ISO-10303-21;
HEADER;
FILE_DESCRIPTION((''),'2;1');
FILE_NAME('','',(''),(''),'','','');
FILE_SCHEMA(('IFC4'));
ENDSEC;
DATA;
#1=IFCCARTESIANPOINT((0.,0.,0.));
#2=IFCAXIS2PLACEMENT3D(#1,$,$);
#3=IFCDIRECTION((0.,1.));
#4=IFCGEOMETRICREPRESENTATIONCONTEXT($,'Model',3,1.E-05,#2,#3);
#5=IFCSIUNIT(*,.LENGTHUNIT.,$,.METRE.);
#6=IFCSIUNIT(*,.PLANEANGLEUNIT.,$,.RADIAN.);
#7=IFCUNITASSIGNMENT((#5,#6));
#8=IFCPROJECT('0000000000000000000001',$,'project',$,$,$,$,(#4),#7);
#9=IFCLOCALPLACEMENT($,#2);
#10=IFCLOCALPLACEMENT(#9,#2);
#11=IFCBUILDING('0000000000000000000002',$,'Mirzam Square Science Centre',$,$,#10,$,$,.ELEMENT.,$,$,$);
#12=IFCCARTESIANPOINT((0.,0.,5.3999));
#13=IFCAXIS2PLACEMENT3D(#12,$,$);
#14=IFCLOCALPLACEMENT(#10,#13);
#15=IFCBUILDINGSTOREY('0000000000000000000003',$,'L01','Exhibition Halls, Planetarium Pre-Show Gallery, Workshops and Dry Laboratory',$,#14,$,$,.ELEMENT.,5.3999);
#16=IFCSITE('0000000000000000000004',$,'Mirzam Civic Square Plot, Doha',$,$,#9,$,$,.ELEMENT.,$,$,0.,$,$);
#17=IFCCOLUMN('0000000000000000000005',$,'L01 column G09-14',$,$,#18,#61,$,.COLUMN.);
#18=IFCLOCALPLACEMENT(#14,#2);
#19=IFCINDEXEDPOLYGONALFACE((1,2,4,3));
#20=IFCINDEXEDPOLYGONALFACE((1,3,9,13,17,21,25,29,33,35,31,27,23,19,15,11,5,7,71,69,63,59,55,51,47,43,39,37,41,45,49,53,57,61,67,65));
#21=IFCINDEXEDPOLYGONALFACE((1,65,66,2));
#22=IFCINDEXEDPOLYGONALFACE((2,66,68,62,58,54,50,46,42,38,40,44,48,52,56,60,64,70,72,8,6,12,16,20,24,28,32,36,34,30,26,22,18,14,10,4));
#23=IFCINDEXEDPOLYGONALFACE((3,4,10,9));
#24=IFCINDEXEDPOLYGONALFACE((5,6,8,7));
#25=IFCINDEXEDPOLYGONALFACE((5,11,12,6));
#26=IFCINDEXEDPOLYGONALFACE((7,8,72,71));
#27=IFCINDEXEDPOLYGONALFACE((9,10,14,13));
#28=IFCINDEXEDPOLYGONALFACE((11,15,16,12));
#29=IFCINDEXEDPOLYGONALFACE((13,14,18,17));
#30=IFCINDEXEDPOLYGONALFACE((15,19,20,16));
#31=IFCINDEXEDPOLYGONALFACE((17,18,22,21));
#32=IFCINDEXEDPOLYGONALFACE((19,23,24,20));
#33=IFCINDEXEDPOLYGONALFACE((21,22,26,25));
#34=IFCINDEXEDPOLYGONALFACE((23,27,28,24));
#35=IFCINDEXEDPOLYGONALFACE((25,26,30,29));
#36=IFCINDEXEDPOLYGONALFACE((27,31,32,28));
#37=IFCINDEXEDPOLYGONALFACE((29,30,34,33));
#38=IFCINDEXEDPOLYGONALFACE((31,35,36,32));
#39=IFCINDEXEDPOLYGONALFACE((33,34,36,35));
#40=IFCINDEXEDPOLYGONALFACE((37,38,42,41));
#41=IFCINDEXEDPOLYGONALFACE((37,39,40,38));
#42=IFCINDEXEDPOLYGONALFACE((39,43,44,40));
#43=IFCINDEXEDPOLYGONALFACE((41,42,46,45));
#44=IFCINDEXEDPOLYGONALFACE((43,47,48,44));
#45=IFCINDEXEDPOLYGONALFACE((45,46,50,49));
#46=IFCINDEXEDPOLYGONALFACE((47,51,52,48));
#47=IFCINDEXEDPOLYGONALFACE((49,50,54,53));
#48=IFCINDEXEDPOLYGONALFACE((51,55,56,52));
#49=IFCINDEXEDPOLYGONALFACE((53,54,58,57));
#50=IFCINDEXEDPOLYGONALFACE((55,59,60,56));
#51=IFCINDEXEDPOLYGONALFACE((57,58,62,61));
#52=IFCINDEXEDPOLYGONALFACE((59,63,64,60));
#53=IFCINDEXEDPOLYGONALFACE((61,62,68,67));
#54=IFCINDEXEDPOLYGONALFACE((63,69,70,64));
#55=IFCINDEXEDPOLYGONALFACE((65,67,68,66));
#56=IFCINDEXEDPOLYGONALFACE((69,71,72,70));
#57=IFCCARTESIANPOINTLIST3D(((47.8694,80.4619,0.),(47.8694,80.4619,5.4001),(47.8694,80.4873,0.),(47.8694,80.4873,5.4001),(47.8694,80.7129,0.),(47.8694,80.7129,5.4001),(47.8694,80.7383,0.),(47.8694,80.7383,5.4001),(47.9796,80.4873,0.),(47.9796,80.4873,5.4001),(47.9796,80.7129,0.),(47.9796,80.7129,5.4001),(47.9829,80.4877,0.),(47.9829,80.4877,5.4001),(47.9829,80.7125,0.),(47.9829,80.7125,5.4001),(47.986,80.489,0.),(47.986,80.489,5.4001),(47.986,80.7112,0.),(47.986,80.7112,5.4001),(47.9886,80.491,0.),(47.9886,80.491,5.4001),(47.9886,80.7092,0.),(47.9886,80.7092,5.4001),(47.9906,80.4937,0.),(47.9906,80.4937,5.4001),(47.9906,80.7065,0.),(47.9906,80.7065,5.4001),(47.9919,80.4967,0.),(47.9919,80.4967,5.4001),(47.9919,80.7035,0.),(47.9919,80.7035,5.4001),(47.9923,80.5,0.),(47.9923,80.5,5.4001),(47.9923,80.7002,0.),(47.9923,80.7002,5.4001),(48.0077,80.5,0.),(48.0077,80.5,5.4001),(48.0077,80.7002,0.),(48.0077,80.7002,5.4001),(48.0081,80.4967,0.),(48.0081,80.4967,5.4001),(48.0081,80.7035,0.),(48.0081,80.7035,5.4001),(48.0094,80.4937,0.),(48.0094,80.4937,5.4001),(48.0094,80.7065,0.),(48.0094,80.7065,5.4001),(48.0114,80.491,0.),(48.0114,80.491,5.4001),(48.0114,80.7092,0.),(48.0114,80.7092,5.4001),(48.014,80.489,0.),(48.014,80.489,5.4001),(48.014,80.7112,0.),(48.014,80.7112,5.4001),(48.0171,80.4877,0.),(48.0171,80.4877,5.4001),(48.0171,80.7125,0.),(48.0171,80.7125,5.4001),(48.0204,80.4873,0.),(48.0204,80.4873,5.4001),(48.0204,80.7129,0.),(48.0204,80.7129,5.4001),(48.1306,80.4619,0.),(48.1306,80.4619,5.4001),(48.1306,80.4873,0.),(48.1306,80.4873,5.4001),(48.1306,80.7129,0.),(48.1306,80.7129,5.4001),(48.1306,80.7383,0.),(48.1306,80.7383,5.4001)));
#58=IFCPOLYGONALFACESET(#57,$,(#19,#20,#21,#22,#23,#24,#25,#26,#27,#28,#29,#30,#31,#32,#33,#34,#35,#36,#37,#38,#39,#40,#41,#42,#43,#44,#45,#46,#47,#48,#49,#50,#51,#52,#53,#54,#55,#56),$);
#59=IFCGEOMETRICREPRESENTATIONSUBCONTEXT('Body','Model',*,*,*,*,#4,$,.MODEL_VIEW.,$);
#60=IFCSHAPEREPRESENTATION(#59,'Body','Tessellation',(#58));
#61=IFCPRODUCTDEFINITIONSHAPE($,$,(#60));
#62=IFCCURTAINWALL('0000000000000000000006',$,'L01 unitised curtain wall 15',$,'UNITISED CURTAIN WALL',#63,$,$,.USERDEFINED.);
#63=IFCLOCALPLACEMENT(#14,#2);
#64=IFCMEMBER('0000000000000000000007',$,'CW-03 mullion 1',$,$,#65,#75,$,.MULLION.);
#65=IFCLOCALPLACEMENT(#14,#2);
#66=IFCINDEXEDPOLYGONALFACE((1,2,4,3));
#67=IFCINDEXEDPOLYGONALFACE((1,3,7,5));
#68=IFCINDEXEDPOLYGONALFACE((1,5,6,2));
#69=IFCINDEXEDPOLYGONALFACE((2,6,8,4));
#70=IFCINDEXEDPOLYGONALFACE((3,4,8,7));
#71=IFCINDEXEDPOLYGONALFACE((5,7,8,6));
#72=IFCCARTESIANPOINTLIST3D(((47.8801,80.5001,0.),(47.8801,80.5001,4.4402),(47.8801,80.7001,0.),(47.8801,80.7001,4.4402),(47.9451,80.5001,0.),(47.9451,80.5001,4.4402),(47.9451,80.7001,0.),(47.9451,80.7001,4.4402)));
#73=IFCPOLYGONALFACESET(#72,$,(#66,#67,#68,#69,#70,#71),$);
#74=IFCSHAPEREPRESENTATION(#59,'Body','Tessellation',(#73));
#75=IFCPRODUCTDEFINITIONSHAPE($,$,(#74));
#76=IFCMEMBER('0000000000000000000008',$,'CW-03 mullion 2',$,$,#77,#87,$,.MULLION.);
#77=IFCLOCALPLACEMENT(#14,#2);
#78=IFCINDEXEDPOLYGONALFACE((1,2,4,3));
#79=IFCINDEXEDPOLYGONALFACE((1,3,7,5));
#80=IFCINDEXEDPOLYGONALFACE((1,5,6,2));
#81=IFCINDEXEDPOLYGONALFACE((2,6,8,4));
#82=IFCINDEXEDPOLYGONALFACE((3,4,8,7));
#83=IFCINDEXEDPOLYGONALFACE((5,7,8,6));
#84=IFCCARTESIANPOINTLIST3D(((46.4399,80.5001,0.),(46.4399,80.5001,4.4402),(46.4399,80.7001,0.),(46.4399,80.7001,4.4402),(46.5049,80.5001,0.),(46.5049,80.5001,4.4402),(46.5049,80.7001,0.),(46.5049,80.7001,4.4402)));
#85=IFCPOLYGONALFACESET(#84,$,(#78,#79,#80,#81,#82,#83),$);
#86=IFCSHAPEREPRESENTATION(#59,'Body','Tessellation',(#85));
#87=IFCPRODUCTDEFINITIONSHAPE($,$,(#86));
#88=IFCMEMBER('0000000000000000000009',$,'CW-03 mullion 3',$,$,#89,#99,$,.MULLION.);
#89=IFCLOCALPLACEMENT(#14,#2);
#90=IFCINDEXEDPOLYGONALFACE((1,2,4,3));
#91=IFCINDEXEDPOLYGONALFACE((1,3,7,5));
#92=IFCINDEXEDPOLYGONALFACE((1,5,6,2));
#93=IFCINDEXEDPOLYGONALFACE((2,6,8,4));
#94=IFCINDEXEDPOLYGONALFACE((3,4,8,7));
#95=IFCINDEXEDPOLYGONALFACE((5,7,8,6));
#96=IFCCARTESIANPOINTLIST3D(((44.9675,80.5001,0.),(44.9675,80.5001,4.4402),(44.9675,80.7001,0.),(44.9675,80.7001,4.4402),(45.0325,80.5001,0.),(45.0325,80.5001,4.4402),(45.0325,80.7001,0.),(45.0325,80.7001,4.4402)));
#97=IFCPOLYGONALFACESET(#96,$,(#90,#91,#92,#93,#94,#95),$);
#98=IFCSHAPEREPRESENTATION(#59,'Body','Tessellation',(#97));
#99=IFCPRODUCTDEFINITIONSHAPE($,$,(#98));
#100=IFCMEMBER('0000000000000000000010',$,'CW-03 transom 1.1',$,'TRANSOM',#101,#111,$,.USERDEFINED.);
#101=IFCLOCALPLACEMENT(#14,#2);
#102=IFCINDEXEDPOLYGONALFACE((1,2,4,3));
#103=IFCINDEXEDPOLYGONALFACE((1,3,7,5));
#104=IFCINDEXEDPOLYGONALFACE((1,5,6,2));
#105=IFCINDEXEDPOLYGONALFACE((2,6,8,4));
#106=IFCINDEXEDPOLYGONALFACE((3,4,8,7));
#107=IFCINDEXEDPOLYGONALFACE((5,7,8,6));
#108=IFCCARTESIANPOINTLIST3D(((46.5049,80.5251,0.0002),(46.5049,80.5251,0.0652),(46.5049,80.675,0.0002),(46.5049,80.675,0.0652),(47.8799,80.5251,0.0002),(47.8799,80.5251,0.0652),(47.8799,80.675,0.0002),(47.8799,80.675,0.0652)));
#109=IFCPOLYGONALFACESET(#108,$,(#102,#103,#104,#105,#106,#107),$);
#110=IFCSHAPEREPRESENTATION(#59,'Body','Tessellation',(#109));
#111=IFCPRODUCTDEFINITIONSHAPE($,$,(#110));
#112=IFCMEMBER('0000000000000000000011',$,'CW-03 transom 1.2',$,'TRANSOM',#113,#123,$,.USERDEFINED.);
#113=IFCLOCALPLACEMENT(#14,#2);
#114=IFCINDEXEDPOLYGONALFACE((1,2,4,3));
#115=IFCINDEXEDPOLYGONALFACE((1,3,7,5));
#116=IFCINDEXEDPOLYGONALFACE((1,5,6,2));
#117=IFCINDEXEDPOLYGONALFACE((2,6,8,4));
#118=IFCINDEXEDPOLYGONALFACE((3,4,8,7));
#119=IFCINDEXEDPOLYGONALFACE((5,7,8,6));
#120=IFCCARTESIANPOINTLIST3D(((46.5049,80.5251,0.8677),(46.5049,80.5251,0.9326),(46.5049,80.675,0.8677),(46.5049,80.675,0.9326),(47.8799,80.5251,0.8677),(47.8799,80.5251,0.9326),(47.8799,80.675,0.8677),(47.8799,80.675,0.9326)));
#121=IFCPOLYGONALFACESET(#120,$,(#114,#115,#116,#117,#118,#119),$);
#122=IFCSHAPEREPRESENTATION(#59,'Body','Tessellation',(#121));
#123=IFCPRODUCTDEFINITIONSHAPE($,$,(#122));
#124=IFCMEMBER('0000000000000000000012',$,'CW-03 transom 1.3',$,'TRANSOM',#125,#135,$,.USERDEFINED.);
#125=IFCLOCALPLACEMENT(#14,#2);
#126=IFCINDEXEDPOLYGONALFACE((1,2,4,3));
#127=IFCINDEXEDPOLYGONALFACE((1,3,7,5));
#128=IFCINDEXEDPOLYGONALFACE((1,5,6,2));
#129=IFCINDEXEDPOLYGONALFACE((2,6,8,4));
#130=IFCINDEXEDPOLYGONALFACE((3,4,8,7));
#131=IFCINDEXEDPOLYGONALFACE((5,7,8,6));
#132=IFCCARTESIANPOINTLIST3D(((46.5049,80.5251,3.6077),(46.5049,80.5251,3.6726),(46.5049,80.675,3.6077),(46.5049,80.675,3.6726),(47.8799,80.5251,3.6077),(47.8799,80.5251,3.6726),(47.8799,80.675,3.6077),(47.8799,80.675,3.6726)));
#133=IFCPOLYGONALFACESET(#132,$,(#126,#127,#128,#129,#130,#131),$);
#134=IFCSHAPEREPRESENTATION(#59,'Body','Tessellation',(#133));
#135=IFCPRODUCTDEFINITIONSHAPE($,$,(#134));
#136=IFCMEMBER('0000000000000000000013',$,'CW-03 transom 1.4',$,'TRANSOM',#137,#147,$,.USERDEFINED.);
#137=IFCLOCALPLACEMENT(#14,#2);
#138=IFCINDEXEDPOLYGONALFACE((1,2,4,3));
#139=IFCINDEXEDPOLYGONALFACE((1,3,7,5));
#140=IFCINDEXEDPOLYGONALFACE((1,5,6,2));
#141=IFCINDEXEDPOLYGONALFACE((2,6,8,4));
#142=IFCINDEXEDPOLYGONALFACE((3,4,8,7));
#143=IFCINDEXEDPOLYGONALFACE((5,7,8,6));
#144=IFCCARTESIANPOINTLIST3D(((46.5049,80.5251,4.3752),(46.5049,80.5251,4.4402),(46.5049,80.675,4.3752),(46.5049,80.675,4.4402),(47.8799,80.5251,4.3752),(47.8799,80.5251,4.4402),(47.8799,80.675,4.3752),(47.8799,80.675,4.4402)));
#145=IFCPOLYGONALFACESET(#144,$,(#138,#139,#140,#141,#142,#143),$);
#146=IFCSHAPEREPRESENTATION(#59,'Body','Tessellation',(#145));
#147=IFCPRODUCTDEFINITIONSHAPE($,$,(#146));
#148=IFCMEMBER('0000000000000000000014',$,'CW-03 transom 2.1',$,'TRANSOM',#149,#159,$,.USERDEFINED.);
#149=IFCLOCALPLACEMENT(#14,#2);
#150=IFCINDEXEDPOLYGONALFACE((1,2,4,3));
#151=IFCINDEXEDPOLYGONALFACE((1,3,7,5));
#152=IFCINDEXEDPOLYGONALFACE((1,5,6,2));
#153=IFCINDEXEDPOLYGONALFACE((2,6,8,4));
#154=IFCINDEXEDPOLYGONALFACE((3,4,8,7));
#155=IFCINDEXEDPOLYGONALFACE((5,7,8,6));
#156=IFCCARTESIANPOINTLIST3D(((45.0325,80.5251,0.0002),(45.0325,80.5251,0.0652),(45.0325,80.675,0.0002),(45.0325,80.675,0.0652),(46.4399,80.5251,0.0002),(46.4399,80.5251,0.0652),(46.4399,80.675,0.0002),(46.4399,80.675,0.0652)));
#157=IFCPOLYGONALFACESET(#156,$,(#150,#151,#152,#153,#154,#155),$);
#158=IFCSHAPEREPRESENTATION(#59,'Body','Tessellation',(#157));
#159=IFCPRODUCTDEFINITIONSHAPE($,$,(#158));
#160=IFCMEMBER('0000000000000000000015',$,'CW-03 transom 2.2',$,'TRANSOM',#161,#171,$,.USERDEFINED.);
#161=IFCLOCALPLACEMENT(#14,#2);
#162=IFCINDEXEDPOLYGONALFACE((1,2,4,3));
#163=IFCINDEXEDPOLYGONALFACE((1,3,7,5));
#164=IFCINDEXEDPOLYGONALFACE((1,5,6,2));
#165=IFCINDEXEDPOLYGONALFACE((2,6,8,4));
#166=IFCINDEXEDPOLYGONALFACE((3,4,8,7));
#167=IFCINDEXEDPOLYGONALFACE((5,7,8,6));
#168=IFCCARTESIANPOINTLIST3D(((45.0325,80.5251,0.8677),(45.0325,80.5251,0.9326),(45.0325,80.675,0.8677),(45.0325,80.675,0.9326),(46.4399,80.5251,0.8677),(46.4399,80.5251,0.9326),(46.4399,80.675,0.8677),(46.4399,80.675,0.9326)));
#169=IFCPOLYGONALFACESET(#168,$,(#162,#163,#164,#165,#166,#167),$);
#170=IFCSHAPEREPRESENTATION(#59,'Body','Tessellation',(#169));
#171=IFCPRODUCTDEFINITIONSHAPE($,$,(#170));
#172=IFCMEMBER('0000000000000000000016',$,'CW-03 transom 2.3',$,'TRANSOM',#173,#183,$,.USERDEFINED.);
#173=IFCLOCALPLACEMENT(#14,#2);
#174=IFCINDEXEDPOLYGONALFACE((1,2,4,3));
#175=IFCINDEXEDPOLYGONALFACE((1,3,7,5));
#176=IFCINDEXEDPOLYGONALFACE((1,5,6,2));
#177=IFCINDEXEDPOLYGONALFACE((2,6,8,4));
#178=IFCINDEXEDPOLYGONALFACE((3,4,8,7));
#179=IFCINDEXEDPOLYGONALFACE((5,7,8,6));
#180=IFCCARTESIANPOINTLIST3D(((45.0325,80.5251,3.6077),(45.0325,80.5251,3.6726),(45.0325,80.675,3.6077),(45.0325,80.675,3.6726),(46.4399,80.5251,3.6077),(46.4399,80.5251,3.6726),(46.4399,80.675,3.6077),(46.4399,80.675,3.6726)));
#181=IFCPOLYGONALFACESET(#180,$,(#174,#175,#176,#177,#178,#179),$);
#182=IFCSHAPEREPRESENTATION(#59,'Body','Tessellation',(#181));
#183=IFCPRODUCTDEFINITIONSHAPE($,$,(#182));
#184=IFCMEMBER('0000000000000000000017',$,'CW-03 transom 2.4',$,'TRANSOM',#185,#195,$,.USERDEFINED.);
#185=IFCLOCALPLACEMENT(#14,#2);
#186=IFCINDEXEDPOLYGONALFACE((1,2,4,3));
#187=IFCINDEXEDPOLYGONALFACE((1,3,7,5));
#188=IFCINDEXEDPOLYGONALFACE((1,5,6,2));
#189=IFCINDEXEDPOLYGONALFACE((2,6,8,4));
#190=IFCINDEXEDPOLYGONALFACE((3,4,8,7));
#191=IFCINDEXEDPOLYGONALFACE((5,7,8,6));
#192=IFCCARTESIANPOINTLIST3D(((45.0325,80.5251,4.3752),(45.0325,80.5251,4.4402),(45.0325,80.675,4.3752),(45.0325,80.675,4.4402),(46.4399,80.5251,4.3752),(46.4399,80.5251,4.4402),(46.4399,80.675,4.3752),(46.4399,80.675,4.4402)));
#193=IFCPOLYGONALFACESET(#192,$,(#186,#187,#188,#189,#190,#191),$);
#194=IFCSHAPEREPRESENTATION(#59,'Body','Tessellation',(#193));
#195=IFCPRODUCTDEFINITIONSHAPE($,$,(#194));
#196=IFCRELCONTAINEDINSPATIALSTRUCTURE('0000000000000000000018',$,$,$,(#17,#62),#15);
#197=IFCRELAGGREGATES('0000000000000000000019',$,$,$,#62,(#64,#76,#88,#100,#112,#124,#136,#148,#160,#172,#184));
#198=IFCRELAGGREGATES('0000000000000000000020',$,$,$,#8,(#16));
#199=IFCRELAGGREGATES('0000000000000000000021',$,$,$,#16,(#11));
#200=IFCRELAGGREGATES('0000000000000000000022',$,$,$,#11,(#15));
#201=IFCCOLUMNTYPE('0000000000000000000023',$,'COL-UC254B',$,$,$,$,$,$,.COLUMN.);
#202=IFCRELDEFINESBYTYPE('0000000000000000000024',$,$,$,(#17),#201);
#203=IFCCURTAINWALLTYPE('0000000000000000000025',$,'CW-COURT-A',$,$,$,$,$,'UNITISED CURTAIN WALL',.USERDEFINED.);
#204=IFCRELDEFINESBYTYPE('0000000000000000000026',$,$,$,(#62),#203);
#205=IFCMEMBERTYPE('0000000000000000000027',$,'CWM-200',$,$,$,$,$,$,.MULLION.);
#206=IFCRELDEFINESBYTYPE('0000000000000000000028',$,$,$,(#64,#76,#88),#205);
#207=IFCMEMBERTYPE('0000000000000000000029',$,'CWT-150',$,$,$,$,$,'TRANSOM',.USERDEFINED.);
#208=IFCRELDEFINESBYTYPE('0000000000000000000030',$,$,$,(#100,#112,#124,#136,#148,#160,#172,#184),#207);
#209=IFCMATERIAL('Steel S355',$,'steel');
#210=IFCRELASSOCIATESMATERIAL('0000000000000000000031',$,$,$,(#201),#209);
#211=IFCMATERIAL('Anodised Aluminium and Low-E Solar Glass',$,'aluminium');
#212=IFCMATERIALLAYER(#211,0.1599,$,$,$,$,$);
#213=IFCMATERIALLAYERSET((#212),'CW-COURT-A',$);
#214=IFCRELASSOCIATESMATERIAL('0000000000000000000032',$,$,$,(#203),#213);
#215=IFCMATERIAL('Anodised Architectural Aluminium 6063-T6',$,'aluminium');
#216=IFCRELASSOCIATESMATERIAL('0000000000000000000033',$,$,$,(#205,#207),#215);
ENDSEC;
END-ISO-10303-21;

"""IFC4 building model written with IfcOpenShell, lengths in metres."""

from ifc_helpers import new_model, si_unit, direction, frame, origin, origin_2d, place, context, subcontext, project, spatial, rectangle, i_section, extrude, material, layer, layer_set, material_profile, profile_set, type_object, element, aggregate, save


model = new_model("IFC4")

# Units and contexts
model_context = context("Model", 3, precision=1e-05, world=origin(), true_north=direction((0.0, 1.0)))
body_context = subcontext(model_context, "Body", "Model", "MODEL_VIEW")
ifc_project = project(units=[si_unit("LENGTHUNIT", "METRE"), si_unit("PLANEANGLEUNIT", "RADIAN")], contexts=[model_context])

# Site, building, storey
site_placement = place(None, origin())
site = spatial("IfcSite", under=ifc_project, at=site_placement, Name="Mirzam Civic Square Plot, Doha", CompositionType="ELEMENT", RefElevation=0.0)
building_placement = place(site_placement, origin())
building = spatial("IfcBuilding", under=site, at=building_placement, Name="Mirzam Square Science Centre", CompositionType="ELEMENT")
storey_placement = place(building_placement, frame((0.0, 0.0, 5.3999)))
storey = spatial("IfcBuildingStorey", under=building, at=storey_placement, Name="L01", Description="Exhibition Halls, Planetarium Pre-Show Gallery, Workshops and Dry Laboratory", CompositionType="ELEMENT", Elevation=5.3999)

# Column
ifc_material_1 = material(Name="Steel S355", Category="steel")
ifc_material_profile_1 = material_profile(ifc_material_1, i_section(OverallWidth=0.2612, OverallDepth=0.2764, WebThickness=0.0154, FlangeThickness=0.0254, FilletRadius=0.0127, at=origin_2d()), Name="254x254x132UC")
ifc_profile_set_1 = profile_set([ifc_material_profile_1], Name="Steel S355")
column_type = type_object("IfcColumnType", Name="COL-UC254B", PredefinedType="COLUMN", material=ifc_profile_set_1)
column_placement = place(storey_placement, frame((48.0, 80.6001, 0.0), z_axis=(0.0, 0.0, 1.0), x_axis=(1.0, 0.0, 0.0)))
element("IfcColumn", 1, at=column_placement, inside=storey, type_object=column_type, Name="L01 column G09-14", PredefinedType="COLUMN", context=body_context, shape_type="SweptSolid", body=[
    extrude(i_section(OverallWidth=0.2612, OverallDepth=0.2764, WebThickness=0.0154, FlangeThickness=0.0254, FilletRadius=0.0127, at=origin_2d()), origin(), (0.0, 0.0, 1.0), 5.4001),
])

# Curtain wall, members
ifc_material_2 = material(Name="Anodised Aluminium and Low-E Solar Glass", Category="aluminium")
ifc_layer_1 = layer(ifc_material_2, 0.1599)
ifc_layer_set_1 = layer_set([ifc_layer_1], Name="CW-COURT-A")
curtain_wall_type = type_object("IfcCurtainWallType", Name="CW-COURT-A", ElementType="UNITISED CURTAIN WALL", PredefinedType="USERDEFINED", material=ifc_layer_set_1)
curtain_wall_placement = place(storey_placement, origin())
curtain_wall = element("IfcCurtainWall", 2, at=curtain_wall_placement, inside=storey, type_object=curtain_wall_type, Name="L01 unitised curtain wall 15", ObjectType="UNITISED CURTAIN WALL", PredefinedType="USERDEFINED")
ifc_material_3 = material(Name="Anodised Architectural Aluminium 6063-T6", Category="aluminium")
ifc_material_profile_2 = material_profile(ifc_material_3, rectangle(XDim=0.0649, YDim=0.2, at=origin_2d()), Name="ALU-MULL-200x65x5")
ifc_profile_set_2 = profile_set([ifc_material_profile_2], Name="Anodised Architectural Aluminium 6063-T6")
member_type_1 = type_object("IfcMemberType", Name="CWM-200", PredefinedType="MULLION", material=ifc_profile_set_2)
member_1_placement = place(storey_placement, frame((47.9126, 80.6001, 0.0), z_axis=(0.0, 0.0, 1.0), x_axis=(-1.0, 0.0, 0.0)))
member_1 = element("IfcMember", 3, at=member_1_placement, type_object=member_type_1, Name="CW-03 mullion 1", PredefinedType="MULLION", context=body_context, shape_type="SweptSolid", body=[
    extrude(rectangle(XDim=0.0649, YDim=0.2, at=origin_2d()), origin(), (0.0, 0.0, 1.0), 4.4402),
])
member_2_placement = place(storey_placement, frame((46.4724, 80.6001, 0.0), z_axis=(0.0, 0.0, 1.0), x_axis=(-1.0, 0.0, 0.0)))
member_2 = element("IfcMember", 4, at=member_2_placement, type_object=member_type_1, Name="CW-03 mullion 2", PredefinedType="MULLION", context=body_context, shape_type="SweptSolid", body=[
    extrude(rectangle(XDim=0.0649, YDim=0.2, at=origin_2d()), origin(), (0.0, 0.0, 1.0), 4.4402),
])
member_3_placement = place(storey_placement, frame((45.0, 80.6001, 0.0), z_axis=(0.0, 0.0, 1.0), x_axis=(-1.0, 0.0, 0.0)))
member_3 = element("IfcMember", 5, at=member_3_placement, type_object=member_type_1, Name="CW-03 mullion 3", PredefinedType="MULLION", context=body_context, shape_type="SweptSolid", body=[
    extrude(rectangle(XDim=0.0649, YDim=0.2, at=origin_2d()), origin(), (0.0, 0.0, 1.0), 4.4402),
])
ifc_material_profile_3 = material_profile(ifc_material_3, rectangle(XDim=0.1499, YDim=0.0649, at=origin_2d()), Name="ALU-TRAN-150x65x4")
ifc_profile_set_3 = profile_set([ifc_material_profile_3], Name="Anodised Architectural Aluminium 6063-T6")
member_type_2 = type_object("IfcMemberType", Name="CWT-150", ElementType="TRANSOM", PredefinedType="USERDEFINED", material=ifc_profile_set_3)
member_4_placement = place(storey_placement, frame((47.8799, 80.6001, 0.0327), z_axis=(-1.0, 0.0, 0.0), x_axis=(0.0, -1.0, 0.0)))
member_4 = element("IfcMember", 6, at=member_4_placement, type_object=member_type_2, Name="CW-03 transom 1.1", ObjectType="TRANSOM", PredefinedType="USERDEFINED", context=body_context, shape_type="SweptSolid", body=[
    extrude(rectangle(XDim=0.1499, YDim=0.0649, at=origin_2d()), origin(), (0.0, 0.0, 1.0), 1.375),
])
member_5_placement = place(storey_placement, frame((47.8799, 80.6001, 0.9001), z_axis=(-1.0, 0.0, 0.0), x_axis=(0.0, -1.0, 0.0)))
member_5 = element("IfcMember", 7, at=member_5_placement, type_object=member_type_2, Name="CW-03 transom 1.2", ObjectType="TRANSOM", PredefinedType="USERDEFINED", context=body_context, shape_type="SweptSolid", body=[
    extrude(rectangle(XDim=0.1499, YDim=0.0649, at=origin_2d()), origin(), (0.0, 0.0, 1.0), 1.375),
])
member_6_placement = place(storey_placement, frame((47.8799, 80.6001, 3.6401), z_axis=(-1.0, 0.0, 0.0), x_axis=(0.0, -1.0, 0.0)))
member_6 = element("IfcMember", 8, at=member_6_placement, type_object=member_type_2, Name="CW-03 transom 1.3", ObjectType="TRANSOM", PredefinedType="USERDEFINED", context=body_context, shape_type="SweptSolid", body=[
    extrude(rectangle(XDim=0.1499, YDim=0.0649, at=origin_2d()), origin(), (0.0, 0.0, 1.0), 1.375),
])
member_7_placement = place(storey_placement, frame((47.8799, 80.6001, 4.4077), z_axis=(-1.0, 0.0, 0.0), x_axis=(0.0, -1.0, 0.0)))
member_7 = element("IfcMember", 9, at=member_7_placement, type_object=member_type_2, Name="CW-03 transom 1.4", ObjectType="TRANSOM", PredefinedType="USERDEFINED", context=body_context, shape_type="SweptSolid", body=[
    extrude(rectangle(XDim=0.1499, YDim=0.0649, at=origin_2d()), origin(), (0.0, 0.0, 1.0), 1.375),
])
member_8_placement = place(storey_placement, frame((46.4399, 80.6001, 0.0327), z_axis=(-1.0, 0.0, 0.0), x_axis=(0.0, -1.0, 0.0)))
member_8 = element("IfcMember", 10, at=member_8_placement, type_object=member_type_2, Name="CW-03 transom 2.1", ObjectType="TRANSOM", PredefinedType="USERDEFINED", context=body_context, shape_type="SweptSolid", body=[
    extrude(rectangle(XDim=0.1499, YDim=0.0649, at=origin_2d()), origin(), (0.0, 0.0, 1.0), 1.4075),
])
member_9_placement = place(storey_placement, frame((46.4399, 80.6001, 0.9001), z_axis=(-1.0, 0.0, 0.0), x_axis=(0.0, -1.0, 0.0)))
member_9 = element("IfcMember", 11, at=member_9_placement, type_object=member_type_2, Name="CW-03 transom 2.2", ObjectType="TRANSOM", PredefinedType="USERDEFINED", context=body_context, shape_type="SweptSolid", body=[
    extrude(rectangle(XDim=0.1499, YDim=0.0649, at=origin_2d()), origin(), (0.0, 0.0, 1.0), 1.4075),
])
member_10_placement = place(storey_placement, frame((46.4399, 80.6001, 3.6401), z_axis=(-1.0, 0.0, 0.0), x_axis=(0.0, -1.0, 0.0)))
member_10 = element("IfcMember", 12, at=member_10_placement, type_object=member_type_2, Name="CW-03 transom 2.3", ObjectType="TRANSOM", PredefinedType="USERDEFINED", context=body_context, shape_type="SweptSolid", body=[
    extrude(rectangle(XDim=0.1499, YDim=0.0649, at=origin_2d()), origin(), (0.0, 0.0, 1.0), 1.4075),
])
member_11_placement = place(storey_placement, frame((46.4399, 80.6001, 4.4077), z_axis=(-1.0, 0.0, 0.0), x_axis=(0.0, -1.0, 0.0)))
member_11 = element("IfcMember", 13, at=member_11_placement, type_object=member_type_2, Name="CW-03 transom 2.4", ObjectType="TRANSOM", PredefinedType="USERDEFINED", context=body_context, shape_type="SweptSolid", body=[
    extrude(rectangle(XDim=0.1499, YDim=0.0649, at=origin_2d()), origin(), (0.0, 0.0, 1.0), 1.4075),
])

aggregate(curtain_wall, [member_1, member_2, member_3, member_4, member_5, member_6, member_7, member_8, member_9, member_10, member_11])

save(model, "model.ifc")
